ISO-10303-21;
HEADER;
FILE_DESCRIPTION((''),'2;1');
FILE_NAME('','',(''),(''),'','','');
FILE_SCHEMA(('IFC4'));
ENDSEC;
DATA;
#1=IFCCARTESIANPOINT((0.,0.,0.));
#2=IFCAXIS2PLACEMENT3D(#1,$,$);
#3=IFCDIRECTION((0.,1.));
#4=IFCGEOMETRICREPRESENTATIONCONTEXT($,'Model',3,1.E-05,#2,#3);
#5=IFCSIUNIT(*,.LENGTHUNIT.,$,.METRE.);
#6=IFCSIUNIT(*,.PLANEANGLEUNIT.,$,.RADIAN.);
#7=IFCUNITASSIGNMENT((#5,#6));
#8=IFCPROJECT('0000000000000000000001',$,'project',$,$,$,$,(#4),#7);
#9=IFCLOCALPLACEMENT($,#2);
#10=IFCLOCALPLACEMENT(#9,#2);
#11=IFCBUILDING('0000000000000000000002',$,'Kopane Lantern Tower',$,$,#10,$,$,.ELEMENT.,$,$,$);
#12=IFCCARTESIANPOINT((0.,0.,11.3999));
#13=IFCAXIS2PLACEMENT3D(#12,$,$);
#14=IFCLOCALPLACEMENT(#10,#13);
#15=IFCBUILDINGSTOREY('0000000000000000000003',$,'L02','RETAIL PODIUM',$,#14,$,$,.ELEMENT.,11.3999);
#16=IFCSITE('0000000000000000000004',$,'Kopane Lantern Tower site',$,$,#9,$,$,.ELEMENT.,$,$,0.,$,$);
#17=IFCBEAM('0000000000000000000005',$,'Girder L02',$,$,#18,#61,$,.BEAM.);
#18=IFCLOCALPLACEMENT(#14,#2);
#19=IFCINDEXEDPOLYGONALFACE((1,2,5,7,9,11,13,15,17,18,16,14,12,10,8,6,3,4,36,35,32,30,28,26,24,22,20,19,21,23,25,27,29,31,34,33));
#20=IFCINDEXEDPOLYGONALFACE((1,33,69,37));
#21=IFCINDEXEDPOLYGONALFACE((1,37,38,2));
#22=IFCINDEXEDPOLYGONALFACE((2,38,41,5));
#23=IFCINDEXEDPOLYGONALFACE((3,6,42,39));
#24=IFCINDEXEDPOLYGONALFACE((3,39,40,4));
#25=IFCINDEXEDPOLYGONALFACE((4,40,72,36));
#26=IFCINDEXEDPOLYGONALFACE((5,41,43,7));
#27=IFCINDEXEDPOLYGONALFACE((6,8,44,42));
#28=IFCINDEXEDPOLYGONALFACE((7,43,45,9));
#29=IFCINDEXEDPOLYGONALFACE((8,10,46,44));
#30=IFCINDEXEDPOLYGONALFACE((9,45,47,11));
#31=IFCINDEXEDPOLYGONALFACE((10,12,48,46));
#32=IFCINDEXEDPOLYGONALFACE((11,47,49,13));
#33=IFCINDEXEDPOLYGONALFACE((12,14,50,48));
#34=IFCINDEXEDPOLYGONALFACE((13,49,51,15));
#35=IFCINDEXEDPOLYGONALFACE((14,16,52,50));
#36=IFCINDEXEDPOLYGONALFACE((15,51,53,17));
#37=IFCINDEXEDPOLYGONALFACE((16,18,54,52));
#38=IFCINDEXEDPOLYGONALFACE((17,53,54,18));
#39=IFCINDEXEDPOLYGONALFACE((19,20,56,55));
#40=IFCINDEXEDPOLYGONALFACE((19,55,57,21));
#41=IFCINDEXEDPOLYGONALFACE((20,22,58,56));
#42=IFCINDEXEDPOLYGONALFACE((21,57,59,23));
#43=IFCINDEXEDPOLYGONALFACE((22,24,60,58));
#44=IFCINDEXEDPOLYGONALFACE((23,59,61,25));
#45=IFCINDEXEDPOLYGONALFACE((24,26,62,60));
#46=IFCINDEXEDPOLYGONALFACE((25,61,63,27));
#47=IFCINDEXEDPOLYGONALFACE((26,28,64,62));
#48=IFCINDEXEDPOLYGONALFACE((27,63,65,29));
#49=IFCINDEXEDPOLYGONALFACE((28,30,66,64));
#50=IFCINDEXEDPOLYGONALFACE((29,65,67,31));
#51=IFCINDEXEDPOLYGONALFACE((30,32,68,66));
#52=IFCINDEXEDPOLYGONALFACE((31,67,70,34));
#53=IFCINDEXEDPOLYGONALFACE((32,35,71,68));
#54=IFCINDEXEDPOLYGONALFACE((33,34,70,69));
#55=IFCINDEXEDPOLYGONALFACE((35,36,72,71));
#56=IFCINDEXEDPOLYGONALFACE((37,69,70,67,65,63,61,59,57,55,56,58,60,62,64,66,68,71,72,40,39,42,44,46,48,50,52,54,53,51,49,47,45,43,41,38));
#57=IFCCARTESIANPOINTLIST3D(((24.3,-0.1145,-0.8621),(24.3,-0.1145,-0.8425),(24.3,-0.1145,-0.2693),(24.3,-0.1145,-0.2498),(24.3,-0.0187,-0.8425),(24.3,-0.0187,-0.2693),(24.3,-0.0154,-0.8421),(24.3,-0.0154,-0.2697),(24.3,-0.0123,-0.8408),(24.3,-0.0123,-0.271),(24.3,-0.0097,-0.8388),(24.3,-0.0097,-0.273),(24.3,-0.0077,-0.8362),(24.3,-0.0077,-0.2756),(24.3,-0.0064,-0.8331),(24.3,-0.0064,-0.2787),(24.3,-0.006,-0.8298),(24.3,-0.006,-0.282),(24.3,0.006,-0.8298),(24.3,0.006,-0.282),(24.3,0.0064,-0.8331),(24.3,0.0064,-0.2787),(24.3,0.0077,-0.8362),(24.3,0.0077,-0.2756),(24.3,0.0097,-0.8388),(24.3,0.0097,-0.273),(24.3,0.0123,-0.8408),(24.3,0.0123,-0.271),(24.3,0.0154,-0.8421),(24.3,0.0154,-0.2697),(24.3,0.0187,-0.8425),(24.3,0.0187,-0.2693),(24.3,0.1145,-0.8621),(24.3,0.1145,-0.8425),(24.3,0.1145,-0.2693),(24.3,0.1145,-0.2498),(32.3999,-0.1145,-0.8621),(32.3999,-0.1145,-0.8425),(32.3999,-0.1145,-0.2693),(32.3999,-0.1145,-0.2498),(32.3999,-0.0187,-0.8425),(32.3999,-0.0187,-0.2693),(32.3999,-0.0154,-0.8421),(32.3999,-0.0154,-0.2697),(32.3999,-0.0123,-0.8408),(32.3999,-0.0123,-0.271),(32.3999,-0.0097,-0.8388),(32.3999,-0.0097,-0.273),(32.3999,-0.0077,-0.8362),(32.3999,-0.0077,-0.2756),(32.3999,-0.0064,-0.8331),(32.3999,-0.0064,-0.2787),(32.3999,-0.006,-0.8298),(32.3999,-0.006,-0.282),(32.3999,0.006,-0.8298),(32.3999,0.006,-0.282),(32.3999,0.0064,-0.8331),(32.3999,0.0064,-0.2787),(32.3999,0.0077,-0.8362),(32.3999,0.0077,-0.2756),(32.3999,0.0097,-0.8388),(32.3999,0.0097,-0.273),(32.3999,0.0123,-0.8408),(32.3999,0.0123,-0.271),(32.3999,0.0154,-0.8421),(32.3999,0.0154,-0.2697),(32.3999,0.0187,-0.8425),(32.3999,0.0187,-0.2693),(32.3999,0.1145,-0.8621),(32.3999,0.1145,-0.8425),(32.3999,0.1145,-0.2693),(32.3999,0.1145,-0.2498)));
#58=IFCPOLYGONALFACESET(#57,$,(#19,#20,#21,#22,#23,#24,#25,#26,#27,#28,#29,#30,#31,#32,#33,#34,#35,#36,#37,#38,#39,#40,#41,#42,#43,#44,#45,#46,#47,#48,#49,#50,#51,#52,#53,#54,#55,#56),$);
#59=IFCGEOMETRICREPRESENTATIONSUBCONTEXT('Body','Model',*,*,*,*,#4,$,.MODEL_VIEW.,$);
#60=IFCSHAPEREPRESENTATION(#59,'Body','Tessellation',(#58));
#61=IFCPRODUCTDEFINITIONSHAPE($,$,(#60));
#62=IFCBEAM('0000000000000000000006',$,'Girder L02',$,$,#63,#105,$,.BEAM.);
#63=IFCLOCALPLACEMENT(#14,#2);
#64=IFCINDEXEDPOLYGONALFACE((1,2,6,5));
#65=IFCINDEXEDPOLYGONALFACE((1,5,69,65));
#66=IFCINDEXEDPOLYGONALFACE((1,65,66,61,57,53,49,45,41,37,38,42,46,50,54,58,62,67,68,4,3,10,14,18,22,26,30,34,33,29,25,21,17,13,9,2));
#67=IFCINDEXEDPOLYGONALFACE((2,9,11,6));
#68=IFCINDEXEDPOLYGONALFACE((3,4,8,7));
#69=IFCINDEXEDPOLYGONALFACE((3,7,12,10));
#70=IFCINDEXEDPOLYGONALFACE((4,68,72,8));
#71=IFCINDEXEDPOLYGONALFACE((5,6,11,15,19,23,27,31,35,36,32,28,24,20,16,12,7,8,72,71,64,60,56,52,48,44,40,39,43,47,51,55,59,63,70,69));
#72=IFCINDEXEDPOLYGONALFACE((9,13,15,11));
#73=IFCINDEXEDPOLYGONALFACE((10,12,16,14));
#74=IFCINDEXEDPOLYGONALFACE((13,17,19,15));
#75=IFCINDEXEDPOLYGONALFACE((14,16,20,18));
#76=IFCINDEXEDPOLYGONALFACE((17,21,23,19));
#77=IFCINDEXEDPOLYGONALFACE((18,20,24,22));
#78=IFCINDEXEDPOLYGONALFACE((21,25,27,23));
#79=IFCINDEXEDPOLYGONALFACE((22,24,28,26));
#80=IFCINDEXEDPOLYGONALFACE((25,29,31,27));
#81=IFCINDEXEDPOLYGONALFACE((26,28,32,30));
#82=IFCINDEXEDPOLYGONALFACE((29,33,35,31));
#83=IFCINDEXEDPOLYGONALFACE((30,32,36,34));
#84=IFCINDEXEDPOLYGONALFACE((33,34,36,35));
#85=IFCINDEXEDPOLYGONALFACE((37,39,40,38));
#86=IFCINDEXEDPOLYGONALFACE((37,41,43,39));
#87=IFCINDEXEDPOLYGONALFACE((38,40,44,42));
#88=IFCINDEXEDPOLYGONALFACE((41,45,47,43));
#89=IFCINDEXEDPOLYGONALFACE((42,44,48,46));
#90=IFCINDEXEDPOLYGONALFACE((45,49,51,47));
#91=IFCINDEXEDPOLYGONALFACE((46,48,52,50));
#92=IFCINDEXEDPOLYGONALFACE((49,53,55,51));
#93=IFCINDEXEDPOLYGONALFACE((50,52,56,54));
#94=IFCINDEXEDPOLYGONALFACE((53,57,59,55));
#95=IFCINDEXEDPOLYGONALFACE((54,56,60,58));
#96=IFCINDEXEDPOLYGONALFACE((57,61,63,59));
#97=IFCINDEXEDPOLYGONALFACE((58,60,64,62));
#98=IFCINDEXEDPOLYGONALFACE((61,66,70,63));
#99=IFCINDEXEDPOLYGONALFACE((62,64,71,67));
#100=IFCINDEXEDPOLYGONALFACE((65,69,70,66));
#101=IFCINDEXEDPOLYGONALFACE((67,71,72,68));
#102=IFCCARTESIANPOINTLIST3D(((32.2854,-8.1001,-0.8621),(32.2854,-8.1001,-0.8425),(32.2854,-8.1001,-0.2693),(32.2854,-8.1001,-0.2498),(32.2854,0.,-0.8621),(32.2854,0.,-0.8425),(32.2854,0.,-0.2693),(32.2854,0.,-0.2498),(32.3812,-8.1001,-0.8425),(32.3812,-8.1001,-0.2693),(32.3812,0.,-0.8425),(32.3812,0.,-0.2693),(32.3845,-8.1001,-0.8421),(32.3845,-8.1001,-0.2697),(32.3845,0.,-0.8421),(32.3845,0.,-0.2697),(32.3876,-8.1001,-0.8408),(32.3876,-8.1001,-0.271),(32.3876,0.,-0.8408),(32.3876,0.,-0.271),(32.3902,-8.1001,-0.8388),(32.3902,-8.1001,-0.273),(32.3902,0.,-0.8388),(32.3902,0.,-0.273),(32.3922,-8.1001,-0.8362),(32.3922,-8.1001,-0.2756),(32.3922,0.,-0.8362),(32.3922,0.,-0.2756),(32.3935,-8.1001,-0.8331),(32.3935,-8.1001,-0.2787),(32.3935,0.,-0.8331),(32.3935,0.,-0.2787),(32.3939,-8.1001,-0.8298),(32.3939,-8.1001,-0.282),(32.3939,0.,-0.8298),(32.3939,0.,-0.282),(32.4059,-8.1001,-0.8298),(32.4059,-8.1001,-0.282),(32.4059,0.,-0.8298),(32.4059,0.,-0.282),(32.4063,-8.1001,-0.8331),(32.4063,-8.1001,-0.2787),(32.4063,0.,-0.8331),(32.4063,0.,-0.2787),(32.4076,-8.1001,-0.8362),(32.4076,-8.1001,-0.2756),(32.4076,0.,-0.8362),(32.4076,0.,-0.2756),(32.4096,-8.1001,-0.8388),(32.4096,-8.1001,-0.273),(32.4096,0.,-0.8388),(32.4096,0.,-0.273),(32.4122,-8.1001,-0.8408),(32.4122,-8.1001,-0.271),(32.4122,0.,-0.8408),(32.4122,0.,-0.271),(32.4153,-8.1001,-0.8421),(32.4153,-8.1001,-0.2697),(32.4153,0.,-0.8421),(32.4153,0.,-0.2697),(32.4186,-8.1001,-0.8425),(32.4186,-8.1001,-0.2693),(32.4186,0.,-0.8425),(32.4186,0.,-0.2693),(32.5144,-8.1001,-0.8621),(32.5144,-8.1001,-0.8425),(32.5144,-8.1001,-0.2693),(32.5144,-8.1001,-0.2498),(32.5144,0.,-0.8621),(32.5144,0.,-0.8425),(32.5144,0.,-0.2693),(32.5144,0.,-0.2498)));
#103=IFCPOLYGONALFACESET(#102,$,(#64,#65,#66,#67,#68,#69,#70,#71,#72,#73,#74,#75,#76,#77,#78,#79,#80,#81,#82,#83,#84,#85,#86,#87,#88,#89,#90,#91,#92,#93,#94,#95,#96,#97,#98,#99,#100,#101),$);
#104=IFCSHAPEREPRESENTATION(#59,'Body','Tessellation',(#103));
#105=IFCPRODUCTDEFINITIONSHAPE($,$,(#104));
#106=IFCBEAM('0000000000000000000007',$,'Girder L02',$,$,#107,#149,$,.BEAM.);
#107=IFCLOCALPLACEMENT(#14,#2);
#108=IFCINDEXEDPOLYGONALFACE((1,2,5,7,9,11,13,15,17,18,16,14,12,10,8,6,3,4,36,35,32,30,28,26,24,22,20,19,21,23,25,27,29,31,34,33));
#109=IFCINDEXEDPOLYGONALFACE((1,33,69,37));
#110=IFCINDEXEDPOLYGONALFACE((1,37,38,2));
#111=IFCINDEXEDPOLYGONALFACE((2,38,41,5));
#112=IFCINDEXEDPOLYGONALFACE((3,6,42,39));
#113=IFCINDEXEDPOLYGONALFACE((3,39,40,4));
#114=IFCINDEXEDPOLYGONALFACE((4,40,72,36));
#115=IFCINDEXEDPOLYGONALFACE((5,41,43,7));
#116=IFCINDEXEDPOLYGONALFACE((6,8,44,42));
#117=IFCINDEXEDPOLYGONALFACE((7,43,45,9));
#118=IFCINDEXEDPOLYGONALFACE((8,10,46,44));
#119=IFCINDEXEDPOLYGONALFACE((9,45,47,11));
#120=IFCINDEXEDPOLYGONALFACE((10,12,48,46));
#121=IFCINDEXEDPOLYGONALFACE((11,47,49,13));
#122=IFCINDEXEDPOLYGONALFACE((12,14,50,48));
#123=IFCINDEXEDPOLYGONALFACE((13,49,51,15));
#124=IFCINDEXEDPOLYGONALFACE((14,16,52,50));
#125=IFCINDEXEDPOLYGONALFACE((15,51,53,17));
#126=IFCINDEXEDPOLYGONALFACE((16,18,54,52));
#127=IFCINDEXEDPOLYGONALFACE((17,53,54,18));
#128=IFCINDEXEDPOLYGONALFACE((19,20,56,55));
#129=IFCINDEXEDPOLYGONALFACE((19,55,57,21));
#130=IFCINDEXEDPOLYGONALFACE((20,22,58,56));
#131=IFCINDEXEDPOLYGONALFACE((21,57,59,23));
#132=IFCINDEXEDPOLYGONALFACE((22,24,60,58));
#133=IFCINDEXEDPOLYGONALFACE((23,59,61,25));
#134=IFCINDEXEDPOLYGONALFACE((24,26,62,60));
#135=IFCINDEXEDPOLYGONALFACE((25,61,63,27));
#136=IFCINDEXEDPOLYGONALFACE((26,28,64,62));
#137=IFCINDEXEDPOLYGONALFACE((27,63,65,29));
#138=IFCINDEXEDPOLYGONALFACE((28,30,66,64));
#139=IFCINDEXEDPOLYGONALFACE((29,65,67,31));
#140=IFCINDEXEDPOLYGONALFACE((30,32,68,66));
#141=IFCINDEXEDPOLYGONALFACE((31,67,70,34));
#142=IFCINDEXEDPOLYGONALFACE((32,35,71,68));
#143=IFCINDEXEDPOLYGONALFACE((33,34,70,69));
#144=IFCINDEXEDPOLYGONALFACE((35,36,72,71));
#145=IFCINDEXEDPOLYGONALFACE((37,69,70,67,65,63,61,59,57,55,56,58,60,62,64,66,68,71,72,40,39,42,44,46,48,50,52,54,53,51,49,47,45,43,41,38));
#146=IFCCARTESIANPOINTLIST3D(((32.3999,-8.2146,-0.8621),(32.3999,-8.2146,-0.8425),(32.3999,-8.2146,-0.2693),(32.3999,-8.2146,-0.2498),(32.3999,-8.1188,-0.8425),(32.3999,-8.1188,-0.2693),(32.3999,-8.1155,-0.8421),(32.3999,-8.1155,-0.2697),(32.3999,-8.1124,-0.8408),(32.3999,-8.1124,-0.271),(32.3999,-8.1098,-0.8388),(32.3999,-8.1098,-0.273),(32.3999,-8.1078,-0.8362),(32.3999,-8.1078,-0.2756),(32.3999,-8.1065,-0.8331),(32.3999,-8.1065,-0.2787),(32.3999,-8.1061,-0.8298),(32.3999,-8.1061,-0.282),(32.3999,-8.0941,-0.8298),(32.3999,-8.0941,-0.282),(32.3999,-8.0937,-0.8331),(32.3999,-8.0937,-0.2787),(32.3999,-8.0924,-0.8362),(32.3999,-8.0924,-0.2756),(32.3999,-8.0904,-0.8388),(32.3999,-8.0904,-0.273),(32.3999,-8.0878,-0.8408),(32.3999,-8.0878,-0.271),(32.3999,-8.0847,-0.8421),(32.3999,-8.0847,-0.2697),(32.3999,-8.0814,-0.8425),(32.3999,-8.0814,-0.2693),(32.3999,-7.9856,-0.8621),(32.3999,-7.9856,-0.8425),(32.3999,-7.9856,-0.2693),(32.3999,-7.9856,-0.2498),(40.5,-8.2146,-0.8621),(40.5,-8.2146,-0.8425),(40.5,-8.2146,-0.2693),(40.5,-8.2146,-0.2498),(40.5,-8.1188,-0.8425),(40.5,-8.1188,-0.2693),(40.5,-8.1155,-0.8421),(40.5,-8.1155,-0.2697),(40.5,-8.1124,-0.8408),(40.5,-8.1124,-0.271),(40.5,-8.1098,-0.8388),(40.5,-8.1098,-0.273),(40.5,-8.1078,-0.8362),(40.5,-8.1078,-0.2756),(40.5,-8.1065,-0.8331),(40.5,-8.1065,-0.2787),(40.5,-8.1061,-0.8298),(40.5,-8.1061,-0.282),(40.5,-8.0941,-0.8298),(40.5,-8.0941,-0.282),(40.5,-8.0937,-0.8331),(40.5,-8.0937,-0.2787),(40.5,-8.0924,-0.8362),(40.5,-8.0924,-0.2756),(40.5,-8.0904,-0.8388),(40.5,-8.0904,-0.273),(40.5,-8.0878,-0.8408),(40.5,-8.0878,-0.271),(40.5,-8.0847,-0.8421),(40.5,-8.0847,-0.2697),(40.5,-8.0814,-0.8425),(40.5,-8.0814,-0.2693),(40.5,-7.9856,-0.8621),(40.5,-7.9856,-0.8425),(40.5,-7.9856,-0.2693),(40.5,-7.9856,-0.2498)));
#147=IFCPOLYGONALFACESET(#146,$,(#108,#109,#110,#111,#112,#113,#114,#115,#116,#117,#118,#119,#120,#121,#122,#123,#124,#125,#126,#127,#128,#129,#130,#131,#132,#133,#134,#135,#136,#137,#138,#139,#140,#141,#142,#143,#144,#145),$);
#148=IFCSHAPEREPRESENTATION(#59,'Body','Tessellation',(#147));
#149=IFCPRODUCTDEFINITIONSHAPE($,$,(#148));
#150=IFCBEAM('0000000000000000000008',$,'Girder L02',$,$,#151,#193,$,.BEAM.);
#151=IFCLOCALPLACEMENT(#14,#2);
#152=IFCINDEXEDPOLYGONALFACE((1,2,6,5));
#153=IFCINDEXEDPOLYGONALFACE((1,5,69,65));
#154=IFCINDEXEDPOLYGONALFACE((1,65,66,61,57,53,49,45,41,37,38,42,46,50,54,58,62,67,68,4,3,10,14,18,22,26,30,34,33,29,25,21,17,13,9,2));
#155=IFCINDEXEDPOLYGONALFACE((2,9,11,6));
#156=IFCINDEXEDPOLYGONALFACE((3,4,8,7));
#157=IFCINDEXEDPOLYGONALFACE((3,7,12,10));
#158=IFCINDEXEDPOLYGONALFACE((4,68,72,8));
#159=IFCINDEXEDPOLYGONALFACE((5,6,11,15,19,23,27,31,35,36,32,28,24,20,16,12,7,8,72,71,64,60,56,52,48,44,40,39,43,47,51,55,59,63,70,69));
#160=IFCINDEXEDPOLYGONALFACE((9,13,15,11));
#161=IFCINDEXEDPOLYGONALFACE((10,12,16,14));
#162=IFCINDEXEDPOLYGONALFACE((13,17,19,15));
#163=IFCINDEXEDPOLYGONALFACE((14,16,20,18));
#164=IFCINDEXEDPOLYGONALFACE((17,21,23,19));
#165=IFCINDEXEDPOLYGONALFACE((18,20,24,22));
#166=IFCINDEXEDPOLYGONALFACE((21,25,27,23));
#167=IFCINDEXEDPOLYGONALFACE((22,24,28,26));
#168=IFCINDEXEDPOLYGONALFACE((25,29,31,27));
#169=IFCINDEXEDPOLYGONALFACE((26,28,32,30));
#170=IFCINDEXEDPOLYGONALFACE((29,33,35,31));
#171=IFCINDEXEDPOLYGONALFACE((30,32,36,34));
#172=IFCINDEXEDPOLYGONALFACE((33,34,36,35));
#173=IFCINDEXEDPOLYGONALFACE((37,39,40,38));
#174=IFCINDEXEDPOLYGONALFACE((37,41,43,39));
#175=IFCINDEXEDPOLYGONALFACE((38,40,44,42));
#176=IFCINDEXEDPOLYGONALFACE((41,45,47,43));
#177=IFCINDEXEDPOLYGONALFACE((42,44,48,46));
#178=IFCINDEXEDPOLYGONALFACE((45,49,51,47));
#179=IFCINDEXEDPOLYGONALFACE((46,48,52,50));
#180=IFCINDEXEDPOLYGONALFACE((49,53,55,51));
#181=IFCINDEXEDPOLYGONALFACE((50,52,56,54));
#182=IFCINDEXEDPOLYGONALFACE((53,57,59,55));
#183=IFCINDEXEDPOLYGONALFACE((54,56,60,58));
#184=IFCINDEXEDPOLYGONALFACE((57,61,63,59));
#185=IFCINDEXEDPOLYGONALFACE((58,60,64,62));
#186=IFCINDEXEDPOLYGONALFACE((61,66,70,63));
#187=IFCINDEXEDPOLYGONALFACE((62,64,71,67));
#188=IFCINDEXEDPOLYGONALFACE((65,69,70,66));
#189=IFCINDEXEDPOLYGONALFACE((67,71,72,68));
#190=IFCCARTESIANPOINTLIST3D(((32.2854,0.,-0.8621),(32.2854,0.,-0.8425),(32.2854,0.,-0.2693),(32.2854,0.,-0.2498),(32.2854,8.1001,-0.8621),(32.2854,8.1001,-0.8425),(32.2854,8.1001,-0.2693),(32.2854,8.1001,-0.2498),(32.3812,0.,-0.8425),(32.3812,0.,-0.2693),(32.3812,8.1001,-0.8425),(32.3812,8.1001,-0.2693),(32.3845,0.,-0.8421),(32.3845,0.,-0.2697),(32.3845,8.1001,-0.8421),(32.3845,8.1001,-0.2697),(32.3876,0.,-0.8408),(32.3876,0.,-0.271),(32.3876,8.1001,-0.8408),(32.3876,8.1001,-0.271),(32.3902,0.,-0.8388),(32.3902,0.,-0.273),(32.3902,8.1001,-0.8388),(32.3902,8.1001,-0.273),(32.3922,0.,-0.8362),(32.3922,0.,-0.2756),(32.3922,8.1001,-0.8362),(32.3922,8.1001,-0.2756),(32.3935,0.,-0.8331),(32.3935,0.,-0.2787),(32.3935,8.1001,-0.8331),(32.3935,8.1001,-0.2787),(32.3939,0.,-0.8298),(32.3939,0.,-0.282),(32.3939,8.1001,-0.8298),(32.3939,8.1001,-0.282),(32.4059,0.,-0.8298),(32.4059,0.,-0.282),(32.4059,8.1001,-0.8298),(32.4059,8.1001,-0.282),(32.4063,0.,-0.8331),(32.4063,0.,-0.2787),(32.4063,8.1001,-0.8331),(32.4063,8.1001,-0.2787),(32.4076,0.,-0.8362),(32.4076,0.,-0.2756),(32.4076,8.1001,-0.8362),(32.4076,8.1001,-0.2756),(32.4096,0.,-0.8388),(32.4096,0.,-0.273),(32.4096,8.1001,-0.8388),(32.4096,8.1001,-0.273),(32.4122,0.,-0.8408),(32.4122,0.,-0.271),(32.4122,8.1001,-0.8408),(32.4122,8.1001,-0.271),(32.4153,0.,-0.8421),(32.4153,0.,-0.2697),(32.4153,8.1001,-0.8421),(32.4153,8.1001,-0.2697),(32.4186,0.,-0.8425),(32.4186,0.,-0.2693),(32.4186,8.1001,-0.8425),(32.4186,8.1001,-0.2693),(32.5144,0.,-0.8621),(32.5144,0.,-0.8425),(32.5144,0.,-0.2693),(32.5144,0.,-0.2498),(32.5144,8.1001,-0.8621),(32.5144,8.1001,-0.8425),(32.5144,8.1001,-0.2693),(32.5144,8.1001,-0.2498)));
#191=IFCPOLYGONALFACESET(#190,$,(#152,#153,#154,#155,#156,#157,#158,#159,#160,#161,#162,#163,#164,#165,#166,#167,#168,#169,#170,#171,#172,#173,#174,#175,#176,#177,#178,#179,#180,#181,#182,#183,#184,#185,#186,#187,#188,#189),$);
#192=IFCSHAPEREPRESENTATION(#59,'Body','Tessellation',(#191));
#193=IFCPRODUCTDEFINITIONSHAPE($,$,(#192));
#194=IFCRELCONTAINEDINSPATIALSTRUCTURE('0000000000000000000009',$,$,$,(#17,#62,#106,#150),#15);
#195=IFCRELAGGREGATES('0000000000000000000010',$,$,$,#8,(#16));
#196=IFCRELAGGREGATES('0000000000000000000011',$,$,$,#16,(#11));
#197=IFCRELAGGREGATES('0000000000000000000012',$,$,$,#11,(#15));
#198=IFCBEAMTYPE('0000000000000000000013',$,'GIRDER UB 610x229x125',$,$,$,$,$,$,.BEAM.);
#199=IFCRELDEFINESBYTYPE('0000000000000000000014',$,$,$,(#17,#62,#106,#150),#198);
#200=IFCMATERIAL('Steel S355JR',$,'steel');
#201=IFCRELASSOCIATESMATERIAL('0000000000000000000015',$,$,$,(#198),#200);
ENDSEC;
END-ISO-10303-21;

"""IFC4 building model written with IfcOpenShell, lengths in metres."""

from ifc_helpers import new_model, si_unit, direction, frame, origin, origin_2d, place, context, subcontext, project, spatial, i_section, extrude, material, material_profile, profile_set, type_object, element, save


model = new_model("IFC4")

# Units and contexts
model_context = context("Model", 3, precision=1e-05, world=origin(), true_north=direction((0.0, 1.0)))
body_context = subcontext(model_context, "Body", "Model", "MODEL_VIEW")
ifc_project = project(units=[si_unit("LENGTHUNIT", "METRE"), si_unit("PLANEANGLEUNIT", "RADIAN")], contexts=[model_context])

# Site, building, storey
site_placement = place(None, origin())
site = spatial("IfcSite", under=ifc_project, at=site_placement, Name="Kopane Lantern Tower site", CompositionType="ELEMENT", RefElevation=0.0)
building_placement = place(site_placement, origin())
building = spatial("IfcBuilding", under=site, at=building_placement, Name="Kopane Lantern Tower", CompositionType="ELEMENT")
storey_placement = place(building_placement, frame((0.0, 0.0, 11.3999)))
storey = spatial("IfcBuildingStorey", under=building, at=storey_placement, Name="L02", Description="RETAIL PODIUM", CompositionType="ELEMENT", Elevation=11.3999)

# Beams
ifc_material_1 = material(Name="Steel S355JR", Category="steel")
ifc_material_profile_1 = material_profile(ifc_material_1, i_section(OverallWidth=0.229, OverallDepth=0.6123, WebThickness=0.012, FlangeThickness=0.0195, FilletRadius=0.0127, at=origin_2d()), Name="UB 610x229x125")
ifc_profile_set_1 = profile_set([ifc_material_profile_1], Name="Steel S355JR")
beam_type = type_object("IfcBeamType", Name="GIRDER UB 610x229x125", PredefinedType="BEAM", material=ifc_profile_set_1)
beam_1_placement = place(storey_placement, frame((24.3, 0.0, -0.5559), z_axis=(1.0, 0.0, 0.0), x_axis=(0.0, 1.0, 0.0)))
element("IfcBeam", 1, at=beam_1_placement, inside=storey, type_object=beam_type, Name="Girder L02", PredefinedType="BEAM", context=body_context, shape_type="SweptSolid", body=[
    extrude(i_section(OverallWidth=0.229, OverallDepth=0.6123, WebThickness=0.012, FlangeThickness=0.0195, FilletRadius=0.0127, at=origin_2d()), origin(), (0.0, 0.0, 1.0), 8.0999),
])
for number, where, z_axis, x_axis, name in (
    (2, (32.3999, -8.1001, -0.5559), (0.0, 1.0, 0.0), (-1.0, 0.0, 0.0), "Girder L02"),
    (3, (32.3999, -8.1001, -0.5559), (1.0, 0.0, 0.0), (0.0, 1.0, 0.0), "Girder L02"),
    (4, (32.3999, 0.0, -0.5559), (0.0, 1.0, 0.0), (-1.0, 0.0, 0.0), "Girder L02"),
):
    element("IfcBeam", number, at=place(storey_placement, frame(where, z_axis=z_axis, x_axis=x_axis)), inside=storey, type_object=beam_type, Name=name, PredefinedType="BEAM", context=body_context, shape_type="SweptSolid", body=[
        extrude(i_section(OverallWidth=0.229, OverallDepth=0.6123, WebThickness=0.012, FlangeThickness=0.0195, FilletRadius=0.0127, at=origin_2d()), origin(), (0.0, 0.0, 1.0), 8.1001),
    ])

save(model, "model.ifc")
